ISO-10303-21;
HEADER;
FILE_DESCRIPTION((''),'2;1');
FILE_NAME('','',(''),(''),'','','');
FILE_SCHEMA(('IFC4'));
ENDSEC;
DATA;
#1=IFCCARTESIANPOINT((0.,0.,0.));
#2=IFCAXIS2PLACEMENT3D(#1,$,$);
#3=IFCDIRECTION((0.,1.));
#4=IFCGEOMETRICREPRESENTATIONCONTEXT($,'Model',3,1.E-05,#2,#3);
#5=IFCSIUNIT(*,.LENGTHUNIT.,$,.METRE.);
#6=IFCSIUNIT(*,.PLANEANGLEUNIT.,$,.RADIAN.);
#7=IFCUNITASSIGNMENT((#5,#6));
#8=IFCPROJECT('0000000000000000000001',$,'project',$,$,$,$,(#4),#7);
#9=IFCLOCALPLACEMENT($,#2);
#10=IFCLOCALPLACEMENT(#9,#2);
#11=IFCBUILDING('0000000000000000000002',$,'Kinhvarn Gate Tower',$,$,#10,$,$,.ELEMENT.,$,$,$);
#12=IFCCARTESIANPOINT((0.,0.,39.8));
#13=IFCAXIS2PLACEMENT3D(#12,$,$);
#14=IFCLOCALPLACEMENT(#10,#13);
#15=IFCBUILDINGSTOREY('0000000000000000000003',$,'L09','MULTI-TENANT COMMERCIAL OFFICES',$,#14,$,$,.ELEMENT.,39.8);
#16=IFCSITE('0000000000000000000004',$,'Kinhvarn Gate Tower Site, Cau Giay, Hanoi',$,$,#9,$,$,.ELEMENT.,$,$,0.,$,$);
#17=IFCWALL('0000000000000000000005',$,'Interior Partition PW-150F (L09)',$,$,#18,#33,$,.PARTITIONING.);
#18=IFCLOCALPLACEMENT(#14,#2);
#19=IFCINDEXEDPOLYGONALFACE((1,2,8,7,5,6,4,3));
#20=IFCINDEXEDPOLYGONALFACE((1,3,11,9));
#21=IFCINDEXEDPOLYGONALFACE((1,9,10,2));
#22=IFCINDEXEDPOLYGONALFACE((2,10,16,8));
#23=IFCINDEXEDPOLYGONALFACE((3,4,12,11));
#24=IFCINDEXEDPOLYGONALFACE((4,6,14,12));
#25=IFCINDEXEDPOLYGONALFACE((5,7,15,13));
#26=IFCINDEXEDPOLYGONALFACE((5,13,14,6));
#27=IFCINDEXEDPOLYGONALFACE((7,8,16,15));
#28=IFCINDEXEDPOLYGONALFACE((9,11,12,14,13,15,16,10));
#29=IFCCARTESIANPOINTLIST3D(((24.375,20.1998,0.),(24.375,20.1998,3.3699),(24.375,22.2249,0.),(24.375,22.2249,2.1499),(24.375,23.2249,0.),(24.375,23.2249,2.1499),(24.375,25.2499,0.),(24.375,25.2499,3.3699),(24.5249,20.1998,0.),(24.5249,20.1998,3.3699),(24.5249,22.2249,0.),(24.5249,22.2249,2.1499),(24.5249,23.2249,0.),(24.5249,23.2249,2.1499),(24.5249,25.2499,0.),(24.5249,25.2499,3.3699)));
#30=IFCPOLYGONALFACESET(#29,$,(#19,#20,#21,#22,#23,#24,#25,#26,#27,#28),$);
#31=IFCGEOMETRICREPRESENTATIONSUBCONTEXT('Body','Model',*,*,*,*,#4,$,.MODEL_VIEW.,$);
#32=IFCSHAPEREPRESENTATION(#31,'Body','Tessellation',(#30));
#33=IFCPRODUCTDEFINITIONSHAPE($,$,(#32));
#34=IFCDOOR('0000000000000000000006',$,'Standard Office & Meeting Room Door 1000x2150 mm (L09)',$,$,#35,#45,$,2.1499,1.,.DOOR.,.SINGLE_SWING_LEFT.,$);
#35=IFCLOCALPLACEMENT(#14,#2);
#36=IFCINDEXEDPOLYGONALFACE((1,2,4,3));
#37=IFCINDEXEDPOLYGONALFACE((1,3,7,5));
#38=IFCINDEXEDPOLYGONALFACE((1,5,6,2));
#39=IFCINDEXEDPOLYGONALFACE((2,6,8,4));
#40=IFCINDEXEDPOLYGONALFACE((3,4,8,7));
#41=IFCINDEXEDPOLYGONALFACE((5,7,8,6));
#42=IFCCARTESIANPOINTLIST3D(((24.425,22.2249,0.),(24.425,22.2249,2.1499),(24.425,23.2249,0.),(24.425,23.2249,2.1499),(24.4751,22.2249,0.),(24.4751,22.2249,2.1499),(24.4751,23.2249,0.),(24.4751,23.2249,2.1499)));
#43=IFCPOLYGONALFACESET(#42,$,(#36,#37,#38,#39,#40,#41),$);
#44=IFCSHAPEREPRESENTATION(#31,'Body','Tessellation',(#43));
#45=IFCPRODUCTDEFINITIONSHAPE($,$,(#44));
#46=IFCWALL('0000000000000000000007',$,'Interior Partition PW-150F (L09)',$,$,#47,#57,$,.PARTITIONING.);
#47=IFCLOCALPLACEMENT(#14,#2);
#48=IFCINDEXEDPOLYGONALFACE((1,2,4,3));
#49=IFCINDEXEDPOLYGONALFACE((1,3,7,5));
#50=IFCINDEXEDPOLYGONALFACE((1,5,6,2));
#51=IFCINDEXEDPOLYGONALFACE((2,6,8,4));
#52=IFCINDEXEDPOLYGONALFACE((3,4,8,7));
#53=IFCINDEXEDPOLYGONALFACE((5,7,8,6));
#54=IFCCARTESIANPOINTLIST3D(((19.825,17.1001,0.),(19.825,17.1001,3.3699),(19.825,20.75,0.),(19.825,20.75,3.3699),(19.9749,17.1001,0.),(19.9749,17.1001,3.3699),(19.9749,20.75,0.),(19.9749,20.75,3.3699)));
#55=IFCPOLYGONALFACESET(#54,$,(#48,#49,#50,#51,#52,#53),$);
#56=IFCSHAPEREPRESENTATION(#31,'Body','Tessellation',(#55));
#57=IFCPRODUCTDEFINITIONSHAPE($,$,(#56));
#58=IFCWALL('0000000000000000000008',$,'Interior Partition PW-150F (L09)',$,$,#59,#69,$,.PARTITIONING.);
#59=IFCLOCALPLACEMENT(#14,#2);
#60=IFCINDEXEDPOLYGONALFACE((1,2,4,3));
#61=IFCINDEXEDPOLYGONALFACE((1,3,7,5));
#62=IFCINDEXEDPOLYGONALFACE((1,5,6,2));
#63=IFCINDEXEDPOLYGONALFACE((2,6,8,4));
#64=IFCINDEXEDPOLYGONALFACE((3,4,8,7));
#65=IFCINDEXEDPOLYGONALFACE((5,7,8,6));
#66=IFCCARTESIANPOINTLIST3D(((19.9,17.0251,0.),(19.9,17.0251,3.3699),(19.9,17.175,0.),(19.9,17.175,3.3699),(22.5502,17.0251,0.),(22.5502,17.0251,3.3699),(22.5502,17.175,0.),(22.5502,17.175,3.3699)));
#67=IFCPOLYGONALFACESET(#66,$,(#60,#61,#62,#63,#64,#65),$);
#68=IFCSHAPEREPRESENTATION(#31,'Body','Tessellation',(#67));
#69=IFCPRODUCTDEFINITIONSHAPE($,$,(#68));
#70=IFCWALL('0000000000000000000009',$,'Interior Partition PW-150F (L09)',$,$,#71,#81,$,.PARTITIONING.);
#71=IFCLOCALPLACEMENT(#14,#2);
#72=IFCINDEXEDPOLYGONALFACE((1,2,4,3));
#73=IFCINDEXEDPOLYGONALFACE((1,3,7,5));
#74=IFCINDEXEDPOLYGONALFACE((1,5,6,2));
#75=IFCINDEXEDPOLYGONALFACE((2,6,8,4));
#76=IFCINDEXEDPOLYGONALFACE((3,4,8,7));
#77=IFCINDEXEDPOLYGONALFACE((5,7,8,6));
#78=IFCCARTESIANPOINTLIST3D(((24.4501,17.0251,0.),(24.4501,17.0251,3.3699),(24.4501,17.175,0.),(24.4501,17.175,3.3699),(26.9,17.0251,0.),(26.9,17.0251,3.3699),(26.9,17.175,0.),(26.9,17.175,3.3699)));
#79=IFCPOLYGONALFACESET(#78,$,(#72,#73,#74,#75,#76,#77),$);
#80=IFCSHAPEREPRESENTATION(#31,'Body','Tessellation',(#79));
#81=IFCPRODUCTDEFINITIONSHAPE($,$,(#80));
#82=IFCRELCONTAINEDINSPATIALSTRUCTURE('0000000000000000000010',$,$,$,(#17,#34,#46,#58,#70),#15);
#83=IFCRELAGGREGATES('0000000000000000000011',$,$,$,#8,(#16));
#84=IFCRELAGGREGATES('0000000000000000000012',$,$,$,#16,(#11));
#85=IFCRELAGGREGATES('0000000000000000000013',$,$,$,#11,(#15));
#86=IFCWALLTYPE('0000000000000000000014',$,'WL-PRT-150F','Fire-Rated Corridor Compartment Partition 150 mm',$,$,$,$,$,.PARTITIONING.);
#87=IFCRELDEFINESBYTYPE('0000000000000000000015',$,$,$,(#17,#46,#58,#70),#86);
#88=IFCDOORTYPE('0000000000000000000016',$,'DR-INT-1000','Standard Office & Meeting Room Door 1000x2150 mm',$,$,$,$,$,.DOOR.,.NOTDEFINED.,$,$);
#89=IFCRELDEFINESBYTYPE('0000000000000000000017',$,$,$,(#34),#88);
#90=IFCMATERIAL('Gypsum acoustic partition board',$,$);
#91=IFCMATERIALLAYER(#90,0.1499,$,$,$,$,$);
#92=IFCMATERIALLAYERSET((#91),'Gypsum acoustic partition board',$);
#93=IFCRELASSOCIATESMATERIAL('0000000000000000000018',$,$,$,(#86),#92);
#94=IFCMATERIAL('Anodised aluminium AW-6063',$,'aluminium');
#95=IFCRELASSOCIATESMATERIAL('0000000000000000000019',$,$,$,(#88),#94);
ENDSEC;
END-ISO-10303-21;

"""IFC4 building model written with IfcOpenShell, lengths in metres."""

from ifc_helpers import new_model, si_unit, direction, frame, frame_2d, origin, place, context, subcontext, project, spatial, rectangle, extrude, material, layer, layer_set, type_object, element, fill, save


model = new_model("IFC4")

# Units and contexts
model_context = context("Model", 3, precision=1e-05, world=origin(), true_north=direction((0.0, 1.0)))
body_context = subcontext(model_context, "Body", "Model", "MODEL_VIEW")
ifc_project = project(units=[si_unit("LENGTHUNIT", "METRE"), si_unit("PLANEANGLEUNIT", "RADIAN")], contexts=[model_context])

# Site, building, storey
site_placement = place(None, origin())
site = spatial("IfcSite", under=ifc_project, at=site_placement, Name="Kinhvarn Gate Tower Site, Cau Giay, Hanoi", CompositionType="ELEMENT", RefElevation=0.0)
building_placement = place(site_placement, origin())
building = spatial("IfcBuilding", under=site, at=building_placement, Name="Kinhvarn Gate Tower", CompositionType="ELEMENT")
storey_placement = place(building_placement, frame((0.0, 0.0, 39.8)))
storey = spatial("IfcBuildingStorey", under=building, at=storey_placement, Name="L09", Description="MULTI-TENANT COMMERCIAL OFFICES", CompositionType="ELEMENT", Elevation=39.8)

# Wall, opening, door
ifc_material_1 = material(Name="Gypsum acoustic partition board")
ifc_layer = layer(ifc_material_1, 0.1499)
ifc_layer_set = layer_set([ifc_layer], Name="Gypsum acoustic partition board")
wall_type = type_object("IfcWallType", Name="WL-PRT-150F", Description="Fire-Rated Corridor Compartment Partition 150 mm", PredefinedType="PARTITIONING", material=ifc_layer_set)
ifc_material_2 = material(Name="Anodised aluminium AW-6063", Category="aluminium")
door_type = type_object("IfcDoorType", Name="DR-INT-1000", Description="Standard Office & Meeting Room Door 1000x2150 mm", OperationType="NOTDEFINED", PredefinedType="DOOR", material=ifc_material_2)
wall_1_placement = place(storey_placement, frame((24.45, 20.2, 0.0), z_axis=(0.0, 0.0, 1.0), x_axis=(0.0, 1.0, 0.0)))
wall_1 = element("IfcWall", 1, at=wall_1_placement, inside=storey, type_object=wall_type, Name="Interior Partition PW-150F (L09)", PredefinedType="PARTITIONING", context=body_context, shape_type="SweptSolid", body=[
    extrude(rectangle(XDim=5.05, YDim=0.1499, at=frame_2d((2.5249, 0.0))), origin(), (0.0, 0.0, 1.0), 3.3699),
])
opening_1_placement = place(wall_1_placement, frame((2.0249, 0.0, 0.0)))
opening_1 = element("IfcOpeningElement", 2, at=opening_1_placement, cuts=wall_1, PredefinedType="OPENING", context=body_context, shape_type="SweptSolid", body=[
    extrude(rectangle(XDim=1.0, YDim=2.1499, at=frame_2d((0.5, 1.075))), frame((0.0, 0.085, 0.0), z_axis=(0.0, -1.0, 0.0), x_axis=(1.0, 0.0, 0.0)), (0.0, 0.0, 1.0), 0.1699),
])
door_1_placement = place(opening_1_placement, origin())
door_1 = element("IfcDoor", 3, at=door_1_placement, inside=storey, type_object=door_type, Name="Standard Office & Meeting Room Door 1000x2150 mm (L09)", OperationType="SINGLE_SWING_LEFT", OverallHeight=2.1499, OverallWidth=1.0, PredefinedType="DOOR", context=body_context, shape_type="SweptSolid", body=[
    extrude(rectangle(XDim=1.0, YDim=2.1499, at=frame_2d((0.5, 1.075))), frame((0.0, 0.0249, 0.0), z_axis=(0.0, -1.0, 0.0), x_axis=(1.0, 0.0, 0.0)), (0.0, 0.0, 1.0), 0.05),
])
fill(opening_1, door_1)

# Walls
wall_2_placement = place(storey_placement, frame((19.8999, 17.1001, 0.0), z_axis=(0.0, 0.0, 1.0), x_axis=(0.0, 1.0, 0.0)))
element("IfcWall", 4, at=wall_2_placement, inside=storey, type_object=wall_type, Name="Interior Partition PW-150F (L09)", PredefinedType="PARTITIONING", context=body_context, shape_type="SweptSolid", body=[
    extrude(rectangle(XDim=3.6499, YDim=0.1499, at=frame_2d((1.825, 0.0))), origin(), (0.0, 0.0, 1.0), 3.3699),
])
wall_3_placement = place(storey_placement, frame((19.8999, 17.1001, 0.0), z_axis=(0.0, 0.0, 1.0), x_axis=(1.0, 0.0, 0.0)))
element("IfcWall", 5, at=wall_3_placement, inside=storey, type_object=wall_type, Name="Interior Partition PW-150F (L09)", PredefinedType="PARTITIONING", context=body_context, shape_type="SweptSolid", body=[
    extrude(rectangle(XDim=2.6501, YDim=0.1499, at=frame_2d((1.3252, 0.0))), origin(), (0.0, 0.0, 1.0), 3.3699),
])
wall_4_placement = place(storey_placement, frame((24.45, 17.1001, 0.0), z_axis=(0.0, 0.0, 1.0), x_axis=(1.0, 0.0, 0.0)))
element("IfcWall", 6, at=wall_4_placement, inside=storey, type_object=wall_type, Name="Interior Partition PW-150F (L09)", PredefinedType="PARTITIONING", context=body_context, shape_type="SweptSolid", body=[
    extrude(rectangle(XDim=2.45, YDim=0.1499, at=frame_2d((1.2251, 0.0))), origin(), (0.0, 0.0, 1.0), 3.3699),
])

save(model, "model.ifc")
